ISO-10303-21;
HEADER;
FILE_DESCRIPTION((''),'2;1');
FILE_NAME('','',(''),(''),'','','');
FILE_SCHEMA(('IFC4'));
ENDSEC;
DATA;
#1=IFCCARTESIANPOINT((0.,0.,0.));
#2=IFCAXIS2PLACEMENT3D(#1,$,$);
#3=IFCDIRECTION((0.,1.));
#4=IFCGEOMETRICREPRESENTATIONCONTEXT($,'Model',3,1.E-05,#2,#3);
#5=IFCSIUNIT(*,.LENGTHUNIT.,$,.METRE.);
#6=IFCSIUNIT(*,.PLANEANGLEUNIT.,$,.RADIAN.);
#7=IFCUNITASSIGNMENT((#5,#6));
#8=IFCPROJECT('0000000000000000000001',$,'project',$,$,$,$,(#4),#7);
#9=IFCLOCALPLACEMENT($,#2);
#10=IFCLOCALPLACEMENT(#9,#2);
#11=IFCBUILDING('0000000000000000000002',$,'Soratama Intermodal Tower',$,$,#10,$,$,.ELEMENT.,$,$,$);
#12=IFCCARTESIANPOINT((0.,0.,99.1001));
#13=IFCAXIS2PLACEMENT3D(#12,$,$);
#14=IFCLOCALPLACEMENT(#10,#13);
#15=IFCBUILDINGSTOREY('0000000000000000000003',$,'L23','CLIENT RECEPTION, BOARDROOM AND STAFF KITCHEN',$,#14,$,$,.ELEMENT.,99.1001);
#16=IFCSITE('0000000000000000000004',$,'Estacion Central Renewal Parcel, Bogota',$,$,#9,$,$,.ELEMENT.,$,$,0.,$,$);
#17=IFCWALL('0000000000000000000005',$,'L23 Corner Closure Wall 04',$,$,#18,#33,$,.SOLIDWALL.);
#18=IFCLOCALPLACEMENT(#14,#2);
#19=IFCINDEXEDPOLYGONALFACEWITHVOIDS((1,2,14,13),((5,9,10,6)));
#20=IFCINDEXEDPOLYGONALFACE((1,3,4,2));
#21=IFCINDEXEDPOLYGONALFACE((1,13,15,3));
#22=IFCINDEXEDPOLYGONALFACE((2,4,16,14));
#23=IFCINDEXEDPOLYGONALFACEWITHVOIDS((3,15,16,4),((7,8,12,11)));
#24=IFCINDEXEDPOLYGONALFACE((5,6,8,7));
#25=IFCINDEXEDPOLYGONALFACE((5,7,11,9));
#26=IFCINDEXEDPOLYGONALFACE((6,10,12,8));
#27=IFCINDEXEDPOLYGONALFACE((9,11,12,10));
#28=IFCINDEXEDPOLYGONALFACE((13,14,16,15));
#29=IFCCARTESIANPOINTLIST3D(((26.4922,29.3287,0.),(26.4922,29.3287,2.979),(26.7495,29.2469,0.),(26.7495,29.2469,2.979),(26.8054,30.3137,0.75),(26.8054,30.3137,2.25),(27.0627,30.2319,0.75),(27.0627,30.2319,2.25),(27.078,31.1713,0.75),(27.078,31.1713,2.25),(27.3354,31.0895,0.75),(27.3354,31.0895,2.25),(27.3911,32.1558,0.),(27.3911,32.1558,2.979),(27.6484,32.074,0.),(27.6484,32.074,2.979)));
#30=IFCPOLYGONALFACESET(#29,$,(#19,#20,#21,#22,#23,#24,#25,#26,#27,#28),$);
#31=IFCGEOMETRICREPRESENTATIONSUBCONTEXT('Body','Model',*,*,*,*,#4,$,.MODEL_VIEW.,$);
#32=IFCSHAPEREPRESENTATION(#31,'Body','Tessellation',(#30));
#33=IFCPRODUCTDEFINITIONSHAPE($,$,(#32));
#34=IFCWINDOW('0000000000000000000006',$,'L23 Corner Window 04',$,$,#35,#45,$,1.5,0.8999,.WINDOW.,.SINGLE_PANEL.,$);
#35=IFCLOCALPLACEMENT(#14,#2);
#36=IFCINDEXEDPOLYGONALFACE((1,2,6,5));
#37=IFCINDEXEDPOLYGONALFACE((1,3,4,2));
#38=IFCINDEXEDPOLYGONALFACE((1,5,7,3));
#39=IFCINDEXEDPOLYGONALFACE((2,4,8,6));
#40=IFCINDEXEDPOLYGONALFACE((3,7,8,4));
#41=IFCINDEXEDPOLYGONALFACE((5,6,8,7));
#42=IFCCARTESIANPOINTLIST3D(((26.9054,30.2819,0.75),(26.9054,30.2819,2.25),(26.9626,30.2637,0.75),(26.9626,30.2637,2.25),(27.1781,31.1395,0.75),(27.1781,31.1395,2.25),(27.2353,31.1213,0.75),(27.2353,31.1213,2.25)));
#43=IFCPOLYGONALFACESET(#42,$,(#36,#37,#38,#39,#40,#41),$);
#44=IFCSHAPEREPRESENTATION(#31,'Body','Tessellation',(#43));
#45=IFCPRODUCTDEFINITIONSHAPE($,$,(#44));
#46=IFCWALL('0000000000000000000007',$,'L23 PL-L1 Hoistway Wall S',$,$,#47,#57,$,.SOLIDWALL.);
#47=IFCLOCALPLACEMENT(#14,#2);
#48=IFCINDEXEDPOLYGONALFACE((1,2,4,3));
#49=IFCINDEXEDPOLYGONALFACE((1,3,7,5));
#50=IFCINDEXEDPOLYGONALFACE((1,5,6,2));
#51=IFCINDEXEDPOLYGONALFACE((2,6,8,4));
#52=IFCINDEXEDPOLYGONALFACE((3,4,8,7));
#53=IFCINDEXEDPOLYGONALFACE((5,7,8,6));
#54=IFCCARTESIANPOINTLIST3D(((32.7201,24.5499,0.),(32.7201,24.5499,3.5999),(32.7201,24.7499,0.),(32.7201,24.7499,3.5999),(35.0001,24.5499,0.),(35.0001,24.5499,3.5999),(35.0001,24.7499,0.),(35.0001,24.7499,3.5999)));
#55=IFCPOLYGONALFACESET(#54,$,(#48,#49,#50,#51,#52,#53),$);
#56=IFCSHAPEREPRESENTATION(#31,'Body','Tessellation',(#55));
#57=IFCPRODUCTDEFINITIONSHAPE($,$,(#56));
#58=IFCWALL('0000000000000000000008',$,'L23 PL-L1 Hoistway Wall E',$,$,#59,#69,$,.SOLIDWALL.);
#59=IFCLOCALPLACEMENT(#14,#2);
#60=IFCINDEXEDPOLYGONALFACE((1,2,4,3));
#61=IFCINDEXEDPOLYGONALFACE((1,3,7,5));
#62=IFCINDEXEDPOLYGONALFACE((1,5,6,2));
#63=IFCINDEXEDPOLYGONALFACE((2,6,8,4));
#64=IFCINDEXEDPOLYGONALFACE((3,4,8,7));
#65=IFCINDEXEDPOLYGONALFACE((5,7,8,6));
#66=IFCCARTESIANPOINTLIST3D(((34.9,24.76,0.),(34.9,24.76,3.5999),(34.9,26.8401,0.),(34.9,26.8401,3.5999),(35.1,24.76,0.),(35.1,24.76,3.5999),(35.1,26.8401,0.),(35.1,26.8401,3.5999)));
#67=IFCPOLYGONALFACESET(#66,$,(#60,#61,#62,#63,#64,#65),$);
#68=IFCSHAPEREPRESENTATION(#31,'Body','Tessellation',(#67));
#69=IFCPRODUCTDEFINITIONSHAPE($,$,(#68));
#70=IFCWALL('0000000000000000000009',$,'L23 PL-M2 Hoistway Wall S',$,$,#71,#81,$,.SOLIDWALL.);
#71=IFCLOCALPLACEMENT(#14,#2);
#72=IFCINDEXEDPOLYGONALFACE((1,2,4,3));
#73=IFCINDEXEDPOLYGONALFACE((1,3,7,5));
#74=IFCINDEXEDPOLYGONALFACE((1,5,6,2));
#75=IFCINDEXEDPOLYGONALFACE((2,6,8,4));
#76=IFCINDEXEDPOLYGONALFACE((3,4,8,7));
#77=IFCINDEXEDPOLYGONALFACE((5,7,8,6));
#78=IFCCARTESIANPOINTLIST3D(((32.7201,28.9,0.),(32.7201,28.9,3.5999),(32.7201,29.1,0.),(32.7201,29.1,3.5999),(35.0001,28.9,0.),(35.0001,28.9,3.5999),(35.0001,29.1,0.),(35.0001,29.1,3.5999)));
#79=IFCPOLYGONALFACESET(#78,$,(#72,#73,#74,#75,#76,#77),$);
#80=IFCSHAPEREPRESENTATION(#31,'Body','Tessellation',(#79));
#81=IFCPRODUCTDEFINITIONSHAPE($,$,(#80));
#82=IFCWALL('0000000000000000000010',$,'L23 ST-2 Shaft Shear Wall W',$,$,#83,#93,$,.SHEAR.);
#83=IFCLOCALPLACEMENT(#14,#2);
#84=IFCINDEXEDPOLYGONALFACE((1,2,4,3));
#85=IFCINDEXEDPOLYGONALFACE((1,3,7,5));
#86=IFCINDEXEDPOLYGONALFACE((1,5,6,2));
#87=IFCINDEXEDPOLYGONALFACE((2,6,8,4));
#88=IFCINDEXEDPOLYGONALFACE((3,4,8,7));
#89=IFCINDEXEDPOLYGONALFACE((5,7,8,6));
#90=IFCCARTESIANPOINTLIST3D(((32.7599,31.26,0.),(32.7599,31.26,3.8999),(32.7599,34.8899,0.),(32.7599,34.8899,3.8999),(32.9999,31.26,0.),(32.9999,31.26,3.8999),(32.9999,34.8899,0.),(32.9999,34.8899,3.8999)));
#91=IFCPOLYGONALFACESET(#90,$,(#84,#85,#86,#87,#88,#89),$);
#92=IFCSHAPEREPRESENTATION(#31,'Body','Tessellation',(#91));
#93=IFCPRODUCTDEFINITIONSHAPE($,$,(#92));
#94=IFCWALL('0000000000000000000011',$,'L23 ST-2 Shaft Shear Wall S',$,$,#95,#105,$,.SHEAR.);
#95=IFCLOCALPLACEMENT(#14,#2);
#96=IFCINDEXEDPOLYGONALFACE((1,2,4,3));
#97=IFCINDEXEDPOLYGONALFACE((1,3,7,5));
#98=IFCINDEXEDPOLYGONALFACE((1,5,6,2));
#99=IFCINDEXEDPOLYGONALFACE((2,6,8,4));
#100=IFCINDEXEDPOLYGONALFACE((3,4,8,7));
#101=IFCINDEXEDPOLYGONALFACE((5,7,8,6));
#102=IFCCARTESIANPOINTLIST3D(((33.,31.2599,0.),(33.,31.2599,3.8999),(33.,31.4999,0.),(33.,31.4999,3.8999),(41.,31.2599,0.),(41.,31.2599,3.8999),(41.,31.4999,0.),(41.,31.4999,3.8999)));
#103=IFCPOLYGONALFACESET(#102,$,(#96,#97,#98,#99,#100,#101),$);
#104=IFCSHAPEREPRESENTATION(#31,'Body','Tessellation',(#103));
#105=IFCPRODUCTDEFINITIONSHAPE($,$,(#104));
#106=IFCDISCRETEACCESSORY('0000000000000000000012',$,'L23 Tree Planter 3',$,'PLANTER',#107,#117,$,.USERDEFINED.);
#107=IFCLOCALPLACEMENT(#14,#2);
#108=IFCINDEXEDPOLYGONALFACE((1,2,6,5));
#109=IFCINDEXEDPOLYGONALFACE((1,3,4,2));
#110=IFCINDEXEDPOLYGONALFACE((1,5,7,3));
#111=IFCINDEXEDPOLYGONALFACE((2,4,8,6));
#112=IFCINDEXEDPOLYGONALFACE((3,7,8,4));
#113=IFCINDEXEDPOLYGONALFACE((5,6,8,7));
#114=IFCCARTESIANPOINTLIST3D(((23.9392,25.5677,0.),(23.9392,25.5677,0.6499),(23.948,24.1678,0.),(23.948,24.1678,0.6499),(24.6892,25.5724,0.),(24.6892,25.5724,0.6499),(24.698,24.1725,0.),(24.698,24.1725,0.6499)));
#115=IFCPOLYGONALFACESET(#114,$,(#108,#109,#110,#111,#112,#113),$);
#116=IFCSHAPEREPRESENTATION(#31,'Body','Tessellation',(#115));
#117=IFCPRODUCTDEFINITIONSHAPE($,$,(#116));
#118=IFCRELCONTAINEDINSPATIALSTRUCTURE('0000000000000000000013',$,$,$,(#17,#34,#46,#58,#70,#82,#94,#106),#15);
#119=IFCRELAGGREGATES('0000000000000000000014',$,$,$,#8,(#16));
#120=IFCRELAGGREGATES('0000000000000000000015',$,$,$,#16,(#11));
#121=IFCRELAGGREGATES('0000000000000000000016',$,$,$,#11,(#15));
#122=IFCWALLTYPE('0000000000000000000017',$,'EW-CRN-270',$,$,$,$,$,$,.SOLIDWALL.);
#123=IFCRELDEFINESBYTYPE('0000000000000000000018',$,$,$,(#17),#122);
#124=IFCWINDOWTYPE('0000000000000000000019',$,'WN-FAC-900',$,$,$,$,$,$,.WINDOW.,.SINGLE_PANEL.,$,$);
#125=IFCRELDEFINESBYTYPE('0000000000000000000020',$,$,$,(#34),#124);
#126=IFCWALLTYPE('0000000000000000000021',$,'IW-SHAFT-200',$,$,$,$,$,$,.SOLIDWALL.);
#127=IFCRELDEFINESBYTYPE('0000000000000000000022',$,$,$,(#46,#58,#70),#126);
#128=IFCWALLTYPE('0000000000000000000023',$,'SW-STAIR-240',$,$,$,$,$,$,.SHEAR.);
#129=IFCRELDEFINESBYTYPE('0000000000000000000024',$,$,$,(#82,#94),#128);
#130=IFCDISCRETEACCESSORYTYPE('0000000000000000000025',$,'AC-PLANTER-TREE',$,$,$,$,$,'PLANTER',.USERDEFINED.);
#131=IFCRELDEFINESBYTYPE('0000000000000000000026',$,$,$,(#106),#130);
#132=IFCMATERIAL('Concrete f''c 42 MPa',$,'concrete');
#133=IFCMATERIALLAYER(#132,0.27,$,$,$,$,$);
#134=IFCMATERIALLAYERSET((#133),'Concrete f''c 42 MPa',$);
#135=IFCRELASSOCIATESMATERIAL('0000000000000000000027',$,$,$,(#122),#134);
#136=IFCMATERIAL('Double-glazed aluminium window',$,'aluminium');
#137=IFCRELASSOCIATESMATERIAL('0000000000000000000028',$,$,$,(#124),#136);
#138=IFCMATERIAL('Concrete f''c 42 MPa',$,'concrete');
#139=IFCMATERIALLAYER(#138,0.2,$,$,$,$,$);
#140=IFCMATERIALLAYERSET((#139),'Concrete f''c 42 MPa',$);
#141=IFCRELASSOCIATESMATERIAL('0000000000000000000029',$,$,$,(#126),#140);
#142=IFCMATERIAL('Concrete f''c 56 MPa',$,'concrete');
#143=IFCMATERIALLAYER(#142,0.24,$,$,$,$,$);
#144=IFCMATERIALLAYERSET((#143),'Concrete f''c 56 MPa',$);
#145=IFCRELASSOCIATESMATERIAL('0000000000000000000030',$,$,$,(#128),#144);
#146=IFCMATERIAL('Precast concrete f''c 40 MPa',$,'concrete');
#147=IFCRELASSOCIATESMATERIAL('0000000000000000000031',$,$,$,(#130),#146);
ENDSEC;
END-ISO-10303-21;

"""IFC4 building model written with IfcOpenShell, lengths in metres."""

from ifc_helpers import new_model, si_unit, direction, frame, frame_2d, origin, origin_2d, place, context, subcontext, project, spatial, rectangle, extrude, material, layer, layer_set, type_object, element, fill, save


model = new_model("IFC4")

# Units and contexts
model_context = context("Model", 3, precision=1e-05, world=origin(), true_north=direction((0.0, 1.0)))
body_context = subcontext(model_context, "Body", "Model", "MODEL_VIEW")
ifc_project = project(units=[si_unit("LENGTHUNIT", "METRE"), si_unit("PLANEANGLEUNIT", "RADIAN")], contexts=[model_context])

# Site, building, storey
site_placement = place(None, origin())
site = spatial("IfcSite", under=ifc_project, at=site_placement, Name="Estacion Central Renewal Parcel, Bogota", CompositionType="ELEMENT", RefElevation=0.0)
building_placement = place(site_placement, origin())
building = spatial("IfcBuilding", under=site, at=building_placement, Name="Soratama Intermodal Tower", CompositionType="ELEMENT")
storey_placement = place(building_placement, frame((0.0, 0.0, 99.1001)))
storey = spatial("IfcBuildingStorey", under=building, at=storey_placement, Name="L23", Description="CLIENT RECEPTION, BOARDROOM AND STAFF KITCHEN", CompositionType="ELEMENT", Elevation=99.1001)

# Wall, opening, window
ifc_material_1 = material(Name="Concrete f'c 42 MPa", Category="concrete")
ifc_layer_1 = layer(ifc_material_1, 0.27)
ifc_layer_set_1 = layer_set([ifc_layer_1], Name="Concrete f'c 42 MPa")
wall_type_1 = type_object("IfcWallType", Name="EW-CRN-270", PredefinedType="SOLIDWALL", material=ifc_layer_set_1)
wall_1_placement = place(storey_placement, frame((27.5198, 32.115, 0.0), z_axis=(0.0, 0.0, 1.0), x_axis=(-0.303013, -0.952986, 0.0)))
wall_1 = element("IfcWall", 1, at=wall_1_placement, inside=storey, type_object=wall_type_1, Name="L23 Corner Closure Wall 04", PredefinedType="SOLIDWALL", context=body_context, shape_type="SweptSolid", body=[
    extrude(rectangle(XDim=2.9666, YDim=0.27, at=frame_2d((1.4834, 0.0))), origin(), (0.0, 0.0, 1.0), 2.979),
])
opening_1_placement = place(wall_1_placement, frame((1.0332, 0.0, 0.75)))
opening_1 = element("IfcOpeningElement", 2, at=opening_1_placement, cuts=wall_1, PredefinedType="OPENING", context=body_context, shape_type="SweptSolid", body=[
    extrude(rectangle(XDim=0.8999, YDim=1.5, at=frame_2d((0.45, 0.75))), frame((0.0, 0.145, 0.0), z_axis=(0.0, -1.0, 0.0), x_axis=(1.0, 0.0, 0.0)), (0.0, 0.0, 1.0), 0.29),
])
ifc_material_2 = material(Name="Double-glazed aluminium window", Category="aluminium")
window_type_1 = type_object("IfcWindowType", Name="WN-FAC-900", PartitioningType="SINGLE_PANEL", PredefinedType="WINDOW", material=ifc_material_2)
window_1_placement = place(opening_1_placement, origin())
window_1 = element("IfcWindow", 3, at=window_1_placement, inside=storey, type_object=window_type_1, Name="L23 Corner Window 04", OverallHeight=1.5, OverallWidth=0.8999, PartitioningType="SINGLE_PANEL", PredefinedType="WINDOW", context=body_context, shape_type="SweptSolid", body=[
    extrude(rectangle(XDim=0.8999, YDim=1.5, at=frame_2d((0.45, 0.75))), frame((0.0, 0.03, 0.0), z_axis=(0.0, -1.0, 0.0), x_axis=(1.0, 0.0, 0.0)), (0.0, 0.0, 1.0), 0.0601),
])
fill(opening_1, window_1)

# Wall
ifc_material_3 = material(Name="Concrete f'c 42 MPa", Category="concrete")
ifc_layer_2 = layer(ifc_material_3, 0.2)
ifc_layer_set_2 = layer_set([ifc_layer_2], Name="Concrete f'c 42 MPa")
wall_type_2 = type_object("IfcWallType", Name="IW-SHAFT-200", PredefinedType="SOLIDWALL", material=ifc_layer_set_2)
wall_2_placement = place(storey_placement, frame((32.72, 24.6499, 0.0), z_axis=(0.0, 0.0, 1.0), x_axis=(1.0, 0.0, 0.0)))
element("IfcWall", 4, at=wall_2_placement, inside=storey, type_object=wall_type_2, Name="L23 PL-L1 Hoistway Wall S", PredefinedType="SOLIDWALL", context=body_context, shape_type="SweptSolid", body=[
    extrude(rectangle(XDim=2.28, YDim=0.2, at=frame_2d((1.1401, 0.0))), origin(), (0.0, 0.0, 1.0), 3.5999),
])

# Walls
wall_3_placement = place(storey_placement, frame((35.0, 24.76, 0.0), z_axis=(0.0, 0.0, 1.0), x_axis=(0.0, 1.0, 0.0)))
element("IfcWall", 5, at=wall_3_placement, inside=storey, type_object=wall_type_2, Name="L23 PL-L1 Hoistway Wall E", PredefinedType="SOLIDWALL", context=body_context, shape_type="SweptSolid", body=[
    extrude(rectangle(XDim=2.0801, YDim=0.2, at=frame_2d((1.04, 0.0))), origin(), (0.0, 0.0, 1.0), 3.5999),
])
wall_4_placement = place(storey_placement, frame((32.72, 29.0, 0.0), z_axis=(0.0, 0.0, 1.0), x_axis=(1.0, 0.0, 0.0)))
element("IfcWall", 6, at=wall_4_placement, inside=storey, type_object=wall_type_2, Name="L23 PL-M2 Hoistway Wall S", PredefinedType="SOLIDWALL", context=body_context, shape_type="SweptSolid", body=[
    extrude(rectangle(XDim=2.28, YDim=0.2, at=frame_2d((1.1401, 0.0))), origin(), (0.0, 0.0, 1.0), 3.5999),
])
ifc_material_4 = material(Name="Concrete f'c 56 MPa", Category="concrete")
ifc_layer_3 = layer(ifc_material_4, 0.24)
ifc_layer_set_3 = layer_set([ifc_layer_3], Name="Concrete f'c 56 MPa")
wall_type_3 = type_object("IfcWallType", Name="SW-STAIR-240", PredefinedType="SHEAR", material=ifc_layer_set_3)
wall_5_placement = place(storey_placement, frame((32.8799, 31.26, 0.0), z_axis=(0.0, 0.0, 1.0), x_axis=(0.0, 1.0, 0.0)))
element("IfcWall", 7, at=wall_5_placement, inside=storey, type_object=wall_type_3, Name="L23 ST-2 Shaft Shear Wall W", PredefinedType="SHEAR", context=body_context, shape_type="SweptSolid", body=[
    extrude(rectangle(XDim=3.6299, YDim=0.24, at=frame_2d((1.8149, 0.0))), origin(), (0.0, 0.0, 1.0), 3.8999),
])
wall_6_placement = place(storey_placement, frame((33.0, 31.3799, 0.0), z_axis=(0.0, 0.0, 1.0), x_axis=(1.0, 0.0, 0.0)))
element("IfcWall", 8, at=wall_6_placement, inside=storey, type_object=wall_type_3, Name="L23 ST-2 Shaft Shear Wall S", PredefinedType="SHEAR", context=body_context, shape_type="SweptSolid", body=[
    extrude(rectangle(XDim=8.0, YDim=0.24, at=frame_2d((4.0, 0.0))), origin(), (0.0, 0.0, 1.0), 3.8999),
])

# Discrete accessory
ifc_material_5 = material(Name="Precast concrete f'c 40 MPa", Category="concrete")
discrete_accessory_type = type_object("IfcDiscreteAccessoryType", Name="AC-PLANTER-TREE", ElementType="PLANTER", PredefinedType="USERDEFINED", material=ifc_material_5)
discrete_accessory_placement = place(storey_placement, frame((24.3186, 24.8701, 0.0), z_axis=(0.0, 0.0, 1.0), x_axis=(-0.99998, -0.006283, 0.0)))
element("IfcDiscreteAccessory", 9, at=discrete_accessory_placement, inside=storey, type_object=discrete_accessory_type, Name="L23 Tree Planter 3", ObjectType="PLANTER", PredefinedType="USERDEFINED", context=body_context, shape_type="SweptSolid", body=[
    extrude(rectangle(XDim=0.75, YDim=1.3999, at=origin_2d()), origin(), (0.0, 0.0, 1.0), 0.6499),
])

save(model, "model.ifc")
